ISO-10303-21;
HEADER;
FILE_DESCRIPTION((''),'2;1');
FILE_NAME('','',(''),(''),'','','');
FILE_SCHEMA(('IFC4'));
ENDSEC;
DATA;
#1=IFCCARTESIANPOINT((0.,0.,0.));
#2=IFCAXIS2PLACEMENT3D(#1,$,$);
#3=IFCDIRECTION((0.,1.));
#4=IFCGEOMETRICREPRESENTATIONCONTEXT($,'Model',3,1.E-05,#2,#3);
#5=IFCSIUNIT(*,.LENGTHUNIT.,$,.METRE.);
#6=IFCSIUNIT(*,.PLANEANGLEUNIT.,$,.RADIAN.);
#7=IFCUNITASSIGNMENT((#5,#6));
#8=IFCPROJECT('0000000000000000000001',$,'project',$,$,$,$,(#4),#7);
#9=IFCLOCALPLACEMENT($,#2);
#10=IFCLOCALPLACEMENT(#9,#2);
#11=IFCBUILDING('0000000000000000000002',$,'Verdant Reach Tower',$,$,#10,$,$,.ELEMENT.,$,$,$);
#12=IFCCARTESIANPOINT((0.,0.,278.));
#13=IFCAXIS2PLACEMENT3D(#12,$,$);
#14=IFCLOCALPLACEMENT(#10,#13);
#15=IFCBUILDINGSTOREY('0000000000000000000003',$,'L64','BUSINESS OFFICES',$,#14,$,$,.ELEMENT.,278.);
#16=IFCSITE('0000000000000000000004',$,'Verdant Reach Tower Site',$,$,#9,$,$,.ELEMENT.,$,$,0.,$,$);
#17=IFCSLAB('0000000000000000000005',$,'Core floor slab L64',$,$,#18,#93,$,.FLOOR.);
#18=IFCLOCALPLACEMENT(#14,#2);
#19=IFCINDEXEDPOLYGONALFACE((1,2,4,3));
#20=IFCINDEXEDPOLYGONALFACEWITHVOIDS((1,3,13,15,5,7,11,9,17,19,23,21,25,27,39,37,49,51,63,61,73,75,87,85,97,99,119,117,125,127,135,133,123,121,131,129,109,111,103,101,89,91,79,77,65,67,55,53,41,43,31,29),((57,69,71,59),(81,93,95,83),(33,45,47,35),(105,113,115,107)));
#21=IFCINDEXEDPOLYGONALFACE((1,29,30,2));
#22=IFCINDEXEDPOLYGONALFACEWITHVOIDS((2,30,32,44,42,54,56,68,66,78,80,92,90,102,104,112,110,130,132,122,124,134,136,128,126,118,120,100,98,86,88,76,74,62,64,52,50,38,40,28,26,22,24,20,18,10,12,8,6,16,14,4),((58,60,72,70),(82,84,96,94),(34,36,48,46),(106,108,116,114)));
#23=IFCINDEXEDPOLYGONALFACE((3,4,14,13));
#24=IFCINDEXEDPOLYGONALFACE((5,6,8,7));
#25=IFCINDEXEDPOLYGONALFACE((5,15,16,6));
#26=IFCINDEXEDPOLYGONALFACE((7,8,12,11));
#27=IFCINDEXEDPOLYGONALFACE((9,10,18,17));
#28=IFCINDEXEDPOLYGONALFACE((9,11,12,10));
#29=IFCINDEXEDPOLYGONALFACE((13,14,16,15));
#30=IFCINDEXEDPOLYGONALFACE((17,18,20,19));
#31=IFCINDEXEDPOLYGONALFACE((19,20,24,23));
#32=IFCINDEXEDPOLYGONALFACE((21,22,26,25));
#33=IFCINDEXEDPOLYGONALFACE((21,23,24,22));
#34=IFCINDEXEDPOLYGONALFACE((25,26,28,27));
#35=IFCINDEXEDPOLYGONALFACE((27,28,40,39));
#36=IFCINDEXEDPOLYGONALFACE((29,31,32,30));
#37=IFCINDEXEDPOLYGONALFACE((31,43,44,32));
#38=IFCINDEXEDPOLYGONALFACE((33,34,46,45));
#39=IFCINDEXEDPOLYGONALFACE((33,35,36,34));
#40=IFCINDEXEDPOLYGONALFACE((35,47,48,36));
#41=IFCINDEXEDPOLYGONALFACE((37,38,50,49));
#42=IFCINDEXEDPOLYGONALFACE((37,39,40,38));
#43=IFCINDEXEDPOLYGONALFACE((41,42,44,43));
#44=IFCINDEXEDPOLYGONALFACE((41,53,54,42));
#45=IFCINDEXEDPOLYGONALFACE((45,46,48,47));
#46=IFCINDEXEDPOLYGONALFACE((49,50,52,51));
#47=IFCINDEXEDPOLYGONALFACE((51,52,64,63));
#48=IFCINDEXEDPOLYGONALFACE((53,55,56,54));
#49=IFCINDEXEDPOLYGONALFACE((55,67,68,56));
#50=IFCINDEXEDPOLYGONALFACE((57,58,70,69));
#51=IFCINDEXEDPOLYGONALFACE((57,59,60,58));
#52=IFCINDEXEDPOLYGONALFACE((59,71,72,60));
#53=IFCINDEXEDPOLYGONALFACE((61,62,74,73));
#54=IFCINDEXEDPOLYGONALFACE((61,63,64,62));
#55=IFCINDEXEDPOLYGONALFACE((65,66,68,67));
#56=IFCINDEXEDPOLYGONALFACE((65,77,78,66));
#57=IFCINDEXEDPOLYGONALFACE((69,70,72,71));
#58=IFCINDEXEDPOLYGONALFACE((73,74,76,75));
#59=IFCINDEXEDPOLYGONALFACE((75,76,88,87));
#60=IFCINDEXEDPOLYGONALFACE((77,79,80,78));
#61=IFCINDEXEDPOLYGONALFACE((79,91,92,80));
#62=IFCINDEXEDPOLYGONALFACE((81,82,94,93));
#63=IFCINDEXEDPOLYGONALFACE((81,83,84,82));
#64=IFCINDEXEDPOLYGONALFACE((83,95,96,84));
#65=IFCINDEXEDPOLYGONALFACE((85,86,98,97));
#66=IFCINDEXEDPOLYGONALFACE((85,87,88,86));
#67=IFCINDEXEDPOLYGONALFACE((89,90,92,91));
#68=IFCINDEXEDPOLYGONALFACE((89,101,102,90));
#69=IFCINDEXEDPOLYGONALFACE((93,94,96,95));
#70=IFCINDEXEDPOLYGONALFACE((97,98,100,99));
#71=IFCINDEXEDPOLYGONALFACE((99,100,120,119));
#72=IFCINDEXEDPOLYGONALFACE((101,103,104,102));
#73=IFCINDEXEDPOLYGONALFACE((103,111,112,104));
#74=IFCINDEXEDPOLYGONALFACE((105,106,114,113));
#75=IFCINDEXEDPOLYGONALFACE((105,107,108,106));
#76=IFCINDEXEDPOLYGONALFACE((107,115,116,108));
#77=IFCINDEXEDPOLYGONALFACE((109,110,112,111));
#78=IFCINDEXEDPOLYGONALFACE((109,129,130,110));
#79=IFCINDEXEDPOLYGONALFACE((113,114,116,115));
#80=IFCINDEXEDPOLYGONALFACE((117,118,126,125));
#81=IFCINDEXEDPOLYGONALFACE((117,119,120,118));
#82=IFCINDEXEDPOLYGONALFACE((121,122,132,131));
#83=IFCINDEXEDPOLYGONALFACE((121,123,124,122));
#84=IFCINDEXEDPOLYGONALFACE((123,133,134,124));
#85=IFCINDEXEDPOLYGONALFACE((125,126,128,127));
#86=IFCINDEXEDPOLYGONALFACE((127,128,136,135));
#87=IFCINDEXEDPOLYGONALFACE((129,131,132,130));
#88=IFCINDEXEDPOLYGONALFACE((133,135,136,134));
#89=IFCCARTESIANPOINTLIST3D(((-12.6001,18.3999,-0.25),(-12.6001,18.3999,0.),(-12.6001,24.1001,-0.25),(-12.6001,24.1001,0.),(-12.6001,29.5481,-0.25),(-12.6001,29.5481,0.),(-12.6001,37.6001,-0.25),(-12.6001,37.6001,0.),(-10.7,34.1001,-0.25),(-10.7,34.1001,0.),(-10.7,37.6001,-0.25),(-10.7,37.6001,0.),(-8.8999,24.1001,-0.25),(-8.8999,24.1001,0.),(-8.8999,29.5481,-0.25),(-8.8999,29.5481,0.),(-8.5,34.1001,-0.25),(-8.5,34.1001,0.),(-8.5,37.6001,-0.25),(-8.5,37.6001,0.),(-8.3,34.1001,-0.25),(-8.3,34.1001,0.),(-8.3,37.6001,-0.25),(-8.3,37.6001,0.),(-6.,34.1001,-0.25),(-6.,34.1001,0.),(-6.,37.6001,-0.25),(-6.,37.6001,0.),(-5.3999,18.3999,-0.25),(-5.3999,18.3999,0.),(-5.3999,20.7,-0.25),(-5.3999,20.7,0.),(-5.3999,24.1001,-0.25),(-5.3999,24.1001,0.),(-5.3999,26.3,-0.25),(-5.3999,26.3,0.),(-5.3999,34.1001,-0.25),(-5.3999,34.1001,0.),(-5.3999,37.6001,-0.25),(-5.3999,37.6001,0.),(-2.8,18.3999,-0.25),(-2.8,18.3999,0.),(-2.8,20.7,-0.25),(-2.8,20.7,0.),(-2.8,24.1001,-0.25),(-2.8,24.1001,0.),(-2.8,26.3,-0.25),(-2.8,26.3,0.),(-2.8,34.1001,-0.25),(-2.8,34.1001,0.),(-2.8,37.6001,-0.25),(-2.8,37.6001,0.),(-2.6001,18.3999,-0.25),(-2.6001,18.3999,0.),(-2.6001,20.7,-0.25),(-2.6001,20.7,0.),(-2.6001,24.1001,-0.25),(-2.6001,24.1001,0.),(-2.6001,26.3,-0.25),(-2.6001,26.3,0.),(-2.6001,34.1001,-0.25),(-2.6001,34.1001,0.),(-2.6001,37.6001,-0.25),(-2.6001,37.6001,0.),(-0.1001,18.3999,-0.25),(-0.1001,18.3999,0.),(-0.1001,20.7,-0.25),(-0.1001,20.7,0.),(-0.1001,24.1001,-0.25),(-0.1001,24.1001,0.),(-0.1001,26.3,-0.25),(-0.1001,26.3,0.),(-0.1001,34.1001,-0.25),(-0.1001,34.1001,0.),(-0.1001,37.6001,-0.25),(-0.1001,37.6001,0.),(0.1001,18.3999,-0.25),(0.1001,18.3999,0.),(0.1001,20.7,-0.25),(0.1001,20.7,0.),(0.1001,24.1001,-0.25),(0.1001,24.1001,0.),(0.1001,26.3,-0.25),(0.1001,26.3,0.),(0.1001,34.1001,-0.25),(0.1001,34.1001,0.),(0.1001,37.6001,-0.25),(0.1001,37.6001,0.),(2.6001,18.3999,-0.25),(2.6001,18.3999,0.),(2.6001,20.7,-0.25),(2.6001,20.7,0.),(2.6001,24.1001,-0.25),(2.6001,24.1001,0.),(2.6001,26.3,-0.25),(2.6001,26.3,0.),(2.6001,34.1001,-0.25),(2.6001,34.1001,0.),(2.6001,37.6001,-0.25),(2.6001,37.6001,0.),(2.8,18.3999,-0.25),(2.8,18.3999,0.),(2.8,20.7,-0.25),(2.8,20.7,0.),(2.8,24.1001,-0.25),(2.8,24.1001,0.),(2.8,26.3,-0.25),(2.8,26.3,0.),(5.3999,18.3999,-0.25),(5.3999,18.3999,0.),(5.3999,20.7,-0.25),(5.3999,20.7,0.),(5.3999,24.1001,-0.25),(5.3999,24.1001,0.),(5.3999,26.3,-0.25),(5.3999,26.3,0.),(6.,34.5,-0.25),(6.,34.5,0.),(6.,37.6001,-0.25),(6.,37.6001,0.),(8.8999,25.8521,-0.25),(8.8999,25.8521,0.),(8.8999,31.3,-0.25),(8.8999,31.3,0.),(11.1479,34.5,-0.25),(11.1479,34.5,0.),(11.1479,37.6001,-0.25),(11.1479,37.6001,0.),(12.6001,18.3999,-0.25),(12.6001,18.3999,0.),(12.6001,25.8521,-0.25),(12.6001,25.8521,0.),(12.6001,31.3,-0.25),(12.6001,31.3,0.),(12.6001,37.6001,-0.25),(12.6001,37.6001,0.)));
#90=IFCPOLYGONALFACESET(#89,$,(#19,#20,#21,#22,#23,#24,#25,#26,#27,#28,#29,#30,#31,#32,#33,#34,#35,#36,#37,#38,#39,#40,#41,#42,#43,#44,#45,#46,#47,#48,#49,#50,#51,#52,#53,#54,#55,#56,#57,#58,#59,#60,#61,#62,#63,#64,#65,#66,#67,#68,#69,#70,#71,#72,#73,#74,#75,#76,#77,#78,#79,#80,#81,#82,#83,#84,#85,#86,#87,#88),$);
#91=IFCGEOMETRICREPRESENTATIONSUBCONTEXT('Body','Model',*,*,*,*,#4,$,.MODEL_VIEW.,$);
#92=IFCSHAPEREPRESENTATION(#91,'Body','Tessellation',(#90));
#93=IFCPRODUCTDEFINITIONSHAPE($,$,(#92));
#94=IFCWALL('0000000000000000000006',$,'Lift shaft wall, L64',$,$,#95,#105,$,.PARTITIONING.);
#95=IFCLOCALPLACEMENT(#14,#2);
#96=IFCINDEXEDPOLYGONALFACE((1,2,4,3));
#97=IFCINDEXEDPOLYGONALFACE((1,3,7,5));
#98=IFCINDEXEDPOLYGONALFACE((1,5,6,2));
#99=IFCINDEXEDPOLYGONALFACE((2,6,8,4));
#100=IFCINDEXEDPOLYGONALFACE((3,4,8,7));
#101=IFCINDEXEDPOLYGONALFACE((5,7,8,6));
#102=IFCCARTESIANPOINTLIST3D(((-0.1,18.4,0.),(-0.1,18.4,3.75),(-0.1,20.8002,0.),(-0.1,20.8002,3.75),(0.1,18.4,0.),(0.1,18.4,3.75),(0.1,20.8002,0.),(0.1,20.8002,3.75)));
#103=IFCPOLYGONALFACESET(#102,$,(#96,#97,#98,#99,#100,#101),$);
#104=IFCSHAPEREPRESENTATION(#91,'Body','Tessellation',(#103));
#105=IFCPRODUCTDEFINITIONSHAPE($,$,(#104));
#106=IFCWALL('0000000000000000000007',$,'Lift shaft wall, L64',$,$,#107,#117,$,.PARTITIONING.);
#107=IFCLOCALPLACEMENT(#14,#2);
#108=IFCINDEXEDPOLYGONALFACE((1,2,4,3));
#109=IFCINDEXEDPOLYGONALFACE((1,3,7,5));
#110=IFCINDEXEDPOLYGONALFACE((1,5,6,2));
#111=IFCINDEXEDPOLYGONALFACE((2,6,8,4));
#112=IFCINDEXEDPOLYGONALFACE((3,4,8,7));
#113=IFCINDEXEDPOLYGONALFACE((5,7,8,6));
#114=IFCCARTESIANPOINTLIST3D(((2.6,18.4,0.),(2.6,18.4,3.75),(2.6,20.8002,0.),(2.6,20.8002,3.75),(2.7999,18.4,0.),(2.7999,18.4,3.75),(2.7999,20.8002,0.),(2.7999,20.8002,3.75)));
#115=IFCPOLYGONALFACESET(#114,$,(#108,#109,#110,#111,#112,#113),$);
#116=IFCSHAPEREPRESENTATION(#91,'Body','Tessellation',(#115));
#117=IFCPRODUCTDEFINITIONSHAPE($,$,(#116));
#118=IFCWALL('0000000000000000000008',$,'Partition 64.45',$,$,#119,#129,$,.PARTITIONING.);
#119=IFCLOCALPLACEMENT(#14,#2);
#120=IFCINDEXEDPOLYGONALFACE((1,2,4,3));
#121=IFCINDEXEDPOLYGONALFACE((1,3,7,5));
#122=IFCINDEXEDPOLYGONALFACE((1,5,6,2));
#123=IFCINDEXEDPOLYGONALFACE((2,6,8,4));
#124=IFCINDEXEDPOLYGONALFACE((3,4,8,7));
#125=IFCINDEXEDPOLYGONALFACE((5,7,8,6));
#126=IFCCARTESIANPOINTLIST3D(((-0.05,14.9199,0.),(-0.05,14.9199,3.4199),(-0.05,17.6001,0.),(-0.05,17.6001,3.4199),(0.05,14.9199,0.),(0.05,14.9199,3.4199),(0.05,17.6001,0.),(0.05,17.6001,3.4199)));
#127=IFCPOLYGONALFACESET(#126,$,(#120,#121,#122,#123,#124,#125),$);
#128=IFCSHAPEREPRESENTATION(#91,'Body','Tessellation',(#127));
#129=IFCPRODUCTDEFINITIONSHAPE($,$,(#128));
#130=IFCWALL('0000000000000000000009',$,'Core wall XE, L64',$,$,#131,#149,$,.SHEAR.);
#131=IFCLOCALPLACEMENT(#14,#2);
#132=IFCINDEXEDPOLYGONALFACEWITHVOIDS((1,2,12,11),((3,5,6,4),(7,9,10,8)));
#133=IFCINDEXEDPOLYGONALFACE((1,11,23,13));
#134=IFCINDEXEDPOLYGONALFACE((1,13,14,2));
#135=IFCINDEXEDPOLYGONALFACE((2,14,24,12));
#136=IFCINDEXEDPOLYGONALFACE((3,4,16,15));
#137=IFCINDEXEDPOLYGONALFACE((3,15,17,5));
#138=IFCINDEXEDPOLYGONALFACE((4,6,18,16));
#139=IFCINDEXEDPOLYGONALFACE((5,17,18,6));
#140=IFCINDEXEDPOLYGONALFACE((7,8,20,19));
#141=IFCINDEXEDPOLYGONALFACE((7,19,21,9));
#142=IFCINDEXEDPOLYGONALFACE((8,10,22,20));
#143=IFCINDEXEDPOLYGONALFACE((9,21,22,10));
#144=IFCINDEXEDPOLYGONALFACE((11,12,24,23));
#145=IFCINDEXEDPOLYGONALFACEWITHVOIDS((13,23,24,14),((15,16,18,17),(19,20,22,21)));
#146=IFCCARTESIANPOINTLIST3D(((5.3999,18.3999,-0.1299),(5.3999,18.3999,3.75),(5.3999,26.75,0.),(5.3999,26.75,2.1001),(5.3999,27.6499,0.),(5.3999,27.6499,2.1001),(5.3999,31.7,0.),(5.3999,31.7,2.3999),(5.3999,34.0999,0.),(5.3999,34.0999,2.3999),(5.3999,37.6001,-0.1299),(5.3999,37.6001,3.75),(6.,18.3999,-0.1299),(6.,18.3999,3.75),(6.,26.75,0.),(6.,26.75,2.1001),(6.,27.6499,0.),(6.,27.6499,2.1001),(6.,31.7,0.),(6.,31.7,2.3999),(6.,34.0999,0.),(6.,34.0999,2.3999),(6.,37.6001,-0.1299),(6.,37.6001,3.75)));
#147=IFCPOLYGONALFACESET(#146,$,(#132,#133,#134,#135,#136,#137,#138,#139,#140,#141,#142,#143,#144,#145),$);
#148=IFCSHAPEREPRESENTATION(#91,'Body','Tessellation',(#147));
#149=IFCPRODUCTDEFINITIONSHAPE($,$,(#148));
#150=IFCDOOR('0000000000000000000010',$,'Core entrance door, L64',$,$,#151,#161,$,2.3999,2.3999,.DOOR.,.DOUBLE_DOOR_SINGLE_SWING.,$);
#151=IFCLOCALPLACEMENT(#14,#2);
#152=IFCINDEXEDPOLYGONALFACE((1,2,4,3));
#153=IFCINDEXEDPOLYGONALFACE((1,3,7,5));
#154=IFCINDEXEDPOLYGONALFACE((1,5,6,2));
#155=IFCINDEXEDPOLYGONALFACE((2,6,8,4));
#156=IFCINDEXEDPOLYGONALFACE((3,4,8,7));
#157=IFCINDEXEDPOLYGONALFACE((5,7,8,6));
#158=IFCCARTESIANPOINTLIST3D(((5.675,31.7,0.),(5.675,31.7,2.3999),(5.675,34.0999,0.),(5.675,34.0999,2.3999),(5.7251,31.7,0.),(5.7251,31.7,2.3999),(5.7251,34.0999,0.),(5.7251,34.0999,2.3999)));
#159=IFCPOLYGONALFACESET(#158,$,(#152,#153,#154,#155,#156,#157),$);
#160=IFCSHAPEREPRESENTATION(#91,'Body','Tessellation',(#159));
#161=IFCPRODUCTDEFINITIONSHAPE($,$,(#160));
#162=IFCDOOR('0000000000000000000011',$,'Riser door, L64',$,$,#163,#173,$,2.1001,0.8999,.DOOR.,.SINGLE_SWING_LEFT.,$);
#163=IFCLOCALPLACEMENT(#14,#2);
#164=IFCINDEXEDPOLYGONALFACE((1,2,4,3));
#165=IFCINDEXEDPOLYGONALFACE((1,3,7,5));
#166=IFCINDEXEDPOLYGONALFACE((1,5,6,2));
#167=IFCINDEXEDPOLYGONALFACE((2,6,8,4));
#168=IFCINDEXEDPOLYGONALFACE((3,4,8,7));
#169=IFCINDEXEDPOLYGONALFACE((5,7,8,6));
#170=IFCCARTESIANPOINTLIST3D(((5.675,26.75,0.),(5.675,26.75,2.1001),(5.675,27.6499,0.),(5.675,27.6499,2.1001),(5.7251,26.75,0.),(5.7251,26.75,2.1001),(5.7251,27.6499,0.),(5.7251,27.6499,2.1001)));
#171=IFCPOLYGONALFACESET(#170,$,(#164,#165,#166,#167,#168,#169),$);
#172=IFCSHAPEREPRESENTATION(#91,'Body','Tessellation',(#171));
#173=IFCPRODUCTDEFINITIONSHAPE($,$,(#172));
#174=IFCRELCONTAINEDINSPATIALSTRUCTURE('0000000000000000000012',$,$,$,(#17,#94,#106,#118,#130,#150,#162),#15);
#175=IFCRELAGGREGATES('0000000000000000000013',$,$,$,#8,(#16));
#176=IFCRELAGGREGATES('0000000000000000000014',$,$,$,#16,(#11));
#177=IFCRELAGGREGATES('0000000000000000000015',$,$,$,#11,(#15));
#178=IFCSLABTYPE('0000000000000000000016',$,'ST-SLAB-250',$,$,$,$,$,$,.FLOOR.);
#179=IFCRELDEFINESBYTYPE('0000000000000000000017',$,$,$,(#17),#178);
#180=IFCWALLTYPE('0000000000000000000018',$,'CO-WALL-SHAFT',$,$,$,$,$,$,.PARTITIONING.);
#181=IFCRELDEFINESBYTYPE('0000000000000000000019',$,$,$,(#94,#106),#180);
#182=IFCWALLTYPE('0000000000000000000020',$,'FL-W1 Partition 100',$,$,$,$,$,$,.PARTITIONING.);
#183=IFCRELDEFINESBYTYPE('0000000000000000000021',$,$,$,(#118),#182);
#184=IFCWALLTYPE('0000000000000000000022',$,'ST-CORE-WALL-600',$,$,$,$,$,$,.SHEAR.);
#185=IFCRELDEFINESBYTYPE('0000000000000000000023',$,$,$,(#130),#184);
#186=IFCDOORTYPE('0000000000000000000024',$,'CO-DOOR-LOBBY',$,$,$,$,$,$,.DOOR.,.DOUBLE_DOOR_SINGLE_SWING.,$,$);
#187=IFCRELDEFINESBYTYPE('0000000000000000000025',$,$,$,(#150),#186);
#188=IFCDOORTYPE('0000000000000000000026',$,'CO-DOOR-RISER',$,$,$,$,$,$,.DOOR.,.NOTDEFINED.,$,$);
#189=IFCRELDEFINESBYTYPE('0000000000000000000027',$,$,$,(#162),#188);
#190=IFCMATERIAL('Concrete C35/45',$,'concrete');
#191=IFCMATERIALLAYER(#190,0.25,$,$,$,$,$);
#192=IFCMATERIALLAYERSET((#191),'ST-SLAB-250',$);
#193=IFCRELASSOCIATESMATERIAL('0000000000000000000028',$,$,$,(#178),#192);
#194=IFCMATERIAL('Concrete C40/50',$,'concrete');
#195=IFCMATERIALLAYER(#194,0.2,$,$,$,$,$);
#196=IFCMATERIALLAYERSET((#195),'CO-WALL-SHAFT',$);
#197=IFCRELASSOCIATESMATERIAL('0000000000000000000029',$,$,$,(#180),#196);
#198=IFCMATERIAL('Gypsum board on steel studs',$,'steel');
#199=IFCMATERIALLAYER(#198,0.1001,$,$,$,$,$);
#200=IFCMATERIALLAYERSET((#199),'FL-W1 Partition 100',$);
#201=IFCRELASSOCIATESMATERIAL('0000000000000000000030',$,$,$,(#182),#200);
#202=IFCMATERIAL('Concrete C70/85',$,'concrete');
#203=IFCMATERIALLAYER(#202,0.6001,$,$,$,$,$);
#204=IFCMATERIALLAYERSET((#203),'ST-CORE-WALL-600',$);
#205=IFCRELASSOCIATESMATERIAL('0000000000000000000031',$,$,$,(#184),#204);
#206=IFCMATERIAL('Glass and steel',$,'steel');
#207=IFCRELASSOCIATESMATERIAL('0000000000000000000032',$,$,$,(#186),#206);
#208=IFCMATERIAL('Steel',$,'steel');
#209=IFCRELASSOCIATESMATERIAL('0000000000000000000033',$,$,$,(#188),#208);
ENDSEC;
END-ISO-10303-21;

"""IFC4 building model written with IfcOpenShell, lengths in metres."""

from ifc_helpers import new_model, si_unit, direction, frame, frame_2d, origin, place, context, subcontext, project, spatial, polyline, rectangle, outline, extrude, material, layer, layer_set, type_object, element, fill, save


model = new_model("IFC4")

# Units and contexts
model_context = context("Model", 3, precision=1e-05, world=origin(), true_north=direction((0.0, 1.0)))
body_context = subcontext(model_context, "Body", "Model", "MODEL_VIEW")
ifc_project = project(units=[si_unit("LENGTHUNIT", "METRE"), si_unit("PLANEANGLEUNIT", "RADIAN")], contexts=[model_context])

# Site, building, storey
site_placement = place(None, origin())
site = spatial("IfcSite", under=ifc_project, at=site_placement, Name="Verdant Reach Tower Site", CompositionType="ELEMENT", RefElevation=0.0)
building_placement = place(site_placement, origin())
building = spatial("IfcBuilding", under=site, at=building_placement, Name="Verdant Reach Tower", CompositionType="ELEMENT")
storey_placement = place(building_placement, frame((0.0, 0.0, 278.0)))
storey = spatial("IfcBuildingStorey", under=building, at=storey_placement, Name="L64", Description="BUSINESS OFFICES", CompositionType="ELEMENT", Elevation=278.0)

# Shared definitions
ifc_material_1 = material(Name="Concrete C40/50", Category="concrete")

# Slab
ifc_material_2 = material(Name="Concrete C35/45", Category="concrete")
ifc_layer_1 = layer(ifc_material_2, 0.25)
ifc_layer_set_1 = layer_set([ifc_layer_1], Name="ST-SLAB-250")
slab_type_1 = type_object("IfcSlabType", Name="ST-SLAB-250", PredefinedType="FLOOR", material=ifc_layer_set_1)
slab_1_placement = place(storey_placement, frame((0.0, 0.0, -0.25)))
element("IfcSlab", 1, at=slab_1_placement, inside=storey, type_object=slab_type_1, Name="Core floor slab L64", PredefinedType="FLOOR", context=body_context, shape_type="SweptSolid", body=[
    extrude(outline(polyline([(12.6001, 18.3999), (5.3999, 18.3999), (5.3999, 20.7), (2.8, 20.7), (2.8, 18.3999), (2.6001, 18.3999), (2.6001, 20.7), (0.1001, 20.7), (0.1001, 18.3999), (-0.1001, 18.3999), (-0.1001, 20.7), (-2.6001, 20.7), (-2.6001, 18.3999), (-2.8, 18.3999), (-2.8, 20.7), (-5.3999, 20.7), (-5.3999, 18.3999), (-12.6001, 18.3999), (-12.6001, 24.1001), (-8.8999, 24.1001), (-8.8999, 29.5481), (-12.6001, 29.5481), (-12.6001, 37.6001), (-10.7, 37.6001), (-10.7, 34.1001), (-8.5, 34.1001), (-8.5, 37.6001), (-8.3, 37.6001), (-8.3, 34.1001), (-6.0, 34.1001), (-6.0, 37.6001), (-5.3999, 37.6001), (-5.3999, 34.1001), (-2.8, 34.1001), (-2.8, 37.6001), (-2.6001, 37.6001), (-2.6001, 34.1001), (-0.1001, 34.1001), (-0.1001, 37.6001), (0.1001, 37.6001), (0.1001, 34.1001), (2.6001, 34.1001), (2.6001, 37.6001), (6.0, 37.6001), (6.0, 34.5), (11.1479, 34.5), (11.1479, 37.6001), (12.6001, 37.6001), (12.6001, 31.3), (8.8999, 31.3), (8.8999, 25.8521), (12.6001, 25.8521), (12.6001, 18.3999)]), holes=[polyline([(-2.8, 24.1001), (-2.8, 26.3), (-5.3999, 26.3), (-5.3999, 24.1001), (-2.8, 24.1001)]), polyline([(-0.1001, 24.1001), (-0.1001, 26.3), (-2.6001, 26.3), (-2.6001, 24.1001), (-0.1001, 24.1001)]), polyline([(2.6001, 24.1001), (2.6001, 26.3), (0.1001, 26.3), (0.1001, 24.1001), (2.6001, 24.1001)]), polyline([(5.3999, 24.1001), (5.3999, 26.3), (2.8, 26.3), (2.8, 24.1001), (5.3999, 24.1001)])]), origin(), (0.0, 0.0, 1.0), 0.25),
])

# Walls
ifc_layer_2 = layer(ifc_material_1, 0.2)
ifc_layer_set_2 = layer_set([ifc_layer_2], Name="CO-WALL-SHAFT")
wall_type_1 = type_object("IfcWallType", Name="CO-WALL-SHAFT", PredefinedType="PARTITIONING", material=ifc_layer_set_2)
for number, where, z_axis, x_axis, name in (
    (2, (0.0, 18.3999, 0.0), (0.0, 0.0, 1.0), (0.0, 1.0, 0.0), "Lift shaft wall, L64"),
    (3, (2.7, 18.3999, 0.0), (0.0, 0.0, 1.0), (0.0, 1.0, 0.0), "Lift shaft wall, L64"),
):
    element("IfcWall", number, at=place(storey_placement, frame(where, z_axis=z_axis, x_axis=x_axis)), inside=storey, type_object=wall_type_1, Name=name, PredefinedType="PARTITIONING", context=body_context, shape_type="SweptSolid", body=[
        extrude(rectangle(XDim=2.4001, YDim=0.2, at=frame_2d((1.2002, 0.0))), origin(), (0.0, 0.0, 1.0), 3.75),
    ])
ifc_material_3 = material(Name="Gypsum board on steel studs", Category="steel")
ifc_layer_3 = layer(ifc_material_3, 0.1001)
ifc_layer_set_3 = layer_set([ifc_layer_3], Name="FL-W1 Partition 100")
wall_type_2 = type_object("IfcWallType", Name="FL-W1 Partition 100", PredefinedType="PARTITIONING", material=ifc_layer_set_3)
wall_1_placement = place(storey_placement, frame((0.0, 14.9199, 0.0), z_axis=(0.0, 0.0, 1.0), x_axis=(0.0, 1.0, 0.0)))
element("IfcWall", 4, at=wall_1_placement, inside=storey, type_object=wall_type_2, Name="Partition 64.45", PredefinedType="PARTITIONING", context=body_context, shape_type="SweptSolid", body=[
    extrude(rectangle(XDim=2.6802, YDim=0.1001, at=frame_2d((1.3401, 0.0))), origin(), (0.0, 0.0, 1.0), 3.4199),
])

# Wall, openings, doors
ifc_material_4 = material(Name="Concrete C70/85", Category="concrete")
ifc_layer_4 = layer(ifc_material_4, 0.6001)
ifc_layer_set_4 = layer_set([ifc_layer_4], Name="ST-CORE-WALL-600")
wall_type_3 = type_object("IfcWallType", Name="ST-CORE-WALL-600", PredefinedType="SHEAR", material=ifc_layer_set_4)
wall_2_placement = place(storey_placement, frame((5.7, 18.3999, -0.1299), z_axis=(0.0, 0.0, 1.0), x_axis=(0.0, 1.0, 0.0)))
wall_2 = element("IfcWall", 5, at=wall_2_placement, inside=storey, type_object=wall_type_3, Name="Core wall XE, L64", PredefinedType="SHEAR", context=body_context, shape_type="SweptSolid", body=[
    extrude(rectangle(XDim=19.2002, YDim=0.6001, at=frame_2d((9.6001, 0.0))), origin(), (0.0, 0.0, 1.0), 3.8799),
])
opening_1_placement = place(wall_2_placement, frame((8.3501, 0.0, 0.1299)))
opening_1 = element("IfcOpeningElement", 6, at=opening_1_placement, cuts=wall_2, PredefinedType="OPENING", context=body_context, shape_type="SweptSolid", body=[
    extrude(rectangle(XDim=0.8999, YDim=2.1001, at=frame_2d((0.45, 1.05))), frame((0.0, 0.3101, 0.0), z_axis=(0.0, -1.0, 0.0), x_axis=(1.0, 0.0, 0.0)), (0.0, 0.0, 1.0), 0.6201),
])
opening_2_placement = place(wall_2_placement, frame((13.3, 0.0, 0.1299)))
opening_2 = element("IfcOpeningElement", 7, at=opening_2_placement, cuts=wall_2, PredefinedType="OPENING", context=body_context, shape_type="SweptSolid", body=[
    extrude(rectangle(XDim=2.3999, YDim=2.3999, at=frame_2d((1.2, 1.2))), frame((0.0, 0.3101, 0.0), z_axis=(0.0, -1.0, 0.0), x_axis=(1.0, 0.0, 0.0)), (0.0, 0.0, 1.0), 0.6201),
])
ifc_material_5 = material(Name="Glass and steel", Category="steel")
door_type_1 = type_object("IfcDoorType", Name="CO-DOOR-LOBBY", OperationType="DOUBLE_DOOR_SINGLE_SWING", PredefinedType="DOOR", material=ifc_material_5)
door_1_placement = place(opening_2_placement, origin())
door_1 = element("IfcDoor", 8, at=door_1_placement, inside=storey, type_object=door_type_1, Name="Core entrance door, L64", OperationType="DOUBLE_DOOR_SINGLE_SWING", OverallHeight=2.3999, OverallWidth=2.3999, PredefinedType="DOOR", context=body_context, shape_type="SweptSolid", body=[
    extrude(rectangle(XDim=2.3999, YDim=2.3999, at=frame_2d((1.2, 1.2))), frame((0.0, 0.0249, 0.0), z_axis=(0.0, -1.0, 0.0), x_axis=(1.0, 0.0, 0.0)), (0.0, 0.0, 1.0), 0.05),
])
fill(opening_2, door_1)
ifc_material_6 = material(Name="Steel", Category="steel")
door_type_2 = type_object("IfcDoorType", Name="CO-DOOR-RISER", OperationType="NOTDEFINED", PredefinedType="DOOR", material=ifc_material_6)
door_2_placement = place(opening_1_placement, origin())
door_2 = element("IfcDoor", 9, at=door_2_placement, inside=storey, type_object=door_type_2, Name="Riser door, L64", OperationType="SINGLE_SWING_LEFT", OverallHeight=2.1001, OverallWidth=0.8999, PredefinedType="DOOR", context=body_context, shape_type="SweptSolid", body=[
    extrude(rectangle(XDim=0.8999, YDim=2.1001, at=frame_2d((0.45, 1.05))), frame((0.0, 0.0249, 0.0), z_axis=(0.0, -1.0, 0.0), x_axis=(1.0, 0.0, 0.0)), (0.0, 0.0, 1.0), 0.05),
])
fill(opening_1, door_2)

save(model, "model.ifc")
